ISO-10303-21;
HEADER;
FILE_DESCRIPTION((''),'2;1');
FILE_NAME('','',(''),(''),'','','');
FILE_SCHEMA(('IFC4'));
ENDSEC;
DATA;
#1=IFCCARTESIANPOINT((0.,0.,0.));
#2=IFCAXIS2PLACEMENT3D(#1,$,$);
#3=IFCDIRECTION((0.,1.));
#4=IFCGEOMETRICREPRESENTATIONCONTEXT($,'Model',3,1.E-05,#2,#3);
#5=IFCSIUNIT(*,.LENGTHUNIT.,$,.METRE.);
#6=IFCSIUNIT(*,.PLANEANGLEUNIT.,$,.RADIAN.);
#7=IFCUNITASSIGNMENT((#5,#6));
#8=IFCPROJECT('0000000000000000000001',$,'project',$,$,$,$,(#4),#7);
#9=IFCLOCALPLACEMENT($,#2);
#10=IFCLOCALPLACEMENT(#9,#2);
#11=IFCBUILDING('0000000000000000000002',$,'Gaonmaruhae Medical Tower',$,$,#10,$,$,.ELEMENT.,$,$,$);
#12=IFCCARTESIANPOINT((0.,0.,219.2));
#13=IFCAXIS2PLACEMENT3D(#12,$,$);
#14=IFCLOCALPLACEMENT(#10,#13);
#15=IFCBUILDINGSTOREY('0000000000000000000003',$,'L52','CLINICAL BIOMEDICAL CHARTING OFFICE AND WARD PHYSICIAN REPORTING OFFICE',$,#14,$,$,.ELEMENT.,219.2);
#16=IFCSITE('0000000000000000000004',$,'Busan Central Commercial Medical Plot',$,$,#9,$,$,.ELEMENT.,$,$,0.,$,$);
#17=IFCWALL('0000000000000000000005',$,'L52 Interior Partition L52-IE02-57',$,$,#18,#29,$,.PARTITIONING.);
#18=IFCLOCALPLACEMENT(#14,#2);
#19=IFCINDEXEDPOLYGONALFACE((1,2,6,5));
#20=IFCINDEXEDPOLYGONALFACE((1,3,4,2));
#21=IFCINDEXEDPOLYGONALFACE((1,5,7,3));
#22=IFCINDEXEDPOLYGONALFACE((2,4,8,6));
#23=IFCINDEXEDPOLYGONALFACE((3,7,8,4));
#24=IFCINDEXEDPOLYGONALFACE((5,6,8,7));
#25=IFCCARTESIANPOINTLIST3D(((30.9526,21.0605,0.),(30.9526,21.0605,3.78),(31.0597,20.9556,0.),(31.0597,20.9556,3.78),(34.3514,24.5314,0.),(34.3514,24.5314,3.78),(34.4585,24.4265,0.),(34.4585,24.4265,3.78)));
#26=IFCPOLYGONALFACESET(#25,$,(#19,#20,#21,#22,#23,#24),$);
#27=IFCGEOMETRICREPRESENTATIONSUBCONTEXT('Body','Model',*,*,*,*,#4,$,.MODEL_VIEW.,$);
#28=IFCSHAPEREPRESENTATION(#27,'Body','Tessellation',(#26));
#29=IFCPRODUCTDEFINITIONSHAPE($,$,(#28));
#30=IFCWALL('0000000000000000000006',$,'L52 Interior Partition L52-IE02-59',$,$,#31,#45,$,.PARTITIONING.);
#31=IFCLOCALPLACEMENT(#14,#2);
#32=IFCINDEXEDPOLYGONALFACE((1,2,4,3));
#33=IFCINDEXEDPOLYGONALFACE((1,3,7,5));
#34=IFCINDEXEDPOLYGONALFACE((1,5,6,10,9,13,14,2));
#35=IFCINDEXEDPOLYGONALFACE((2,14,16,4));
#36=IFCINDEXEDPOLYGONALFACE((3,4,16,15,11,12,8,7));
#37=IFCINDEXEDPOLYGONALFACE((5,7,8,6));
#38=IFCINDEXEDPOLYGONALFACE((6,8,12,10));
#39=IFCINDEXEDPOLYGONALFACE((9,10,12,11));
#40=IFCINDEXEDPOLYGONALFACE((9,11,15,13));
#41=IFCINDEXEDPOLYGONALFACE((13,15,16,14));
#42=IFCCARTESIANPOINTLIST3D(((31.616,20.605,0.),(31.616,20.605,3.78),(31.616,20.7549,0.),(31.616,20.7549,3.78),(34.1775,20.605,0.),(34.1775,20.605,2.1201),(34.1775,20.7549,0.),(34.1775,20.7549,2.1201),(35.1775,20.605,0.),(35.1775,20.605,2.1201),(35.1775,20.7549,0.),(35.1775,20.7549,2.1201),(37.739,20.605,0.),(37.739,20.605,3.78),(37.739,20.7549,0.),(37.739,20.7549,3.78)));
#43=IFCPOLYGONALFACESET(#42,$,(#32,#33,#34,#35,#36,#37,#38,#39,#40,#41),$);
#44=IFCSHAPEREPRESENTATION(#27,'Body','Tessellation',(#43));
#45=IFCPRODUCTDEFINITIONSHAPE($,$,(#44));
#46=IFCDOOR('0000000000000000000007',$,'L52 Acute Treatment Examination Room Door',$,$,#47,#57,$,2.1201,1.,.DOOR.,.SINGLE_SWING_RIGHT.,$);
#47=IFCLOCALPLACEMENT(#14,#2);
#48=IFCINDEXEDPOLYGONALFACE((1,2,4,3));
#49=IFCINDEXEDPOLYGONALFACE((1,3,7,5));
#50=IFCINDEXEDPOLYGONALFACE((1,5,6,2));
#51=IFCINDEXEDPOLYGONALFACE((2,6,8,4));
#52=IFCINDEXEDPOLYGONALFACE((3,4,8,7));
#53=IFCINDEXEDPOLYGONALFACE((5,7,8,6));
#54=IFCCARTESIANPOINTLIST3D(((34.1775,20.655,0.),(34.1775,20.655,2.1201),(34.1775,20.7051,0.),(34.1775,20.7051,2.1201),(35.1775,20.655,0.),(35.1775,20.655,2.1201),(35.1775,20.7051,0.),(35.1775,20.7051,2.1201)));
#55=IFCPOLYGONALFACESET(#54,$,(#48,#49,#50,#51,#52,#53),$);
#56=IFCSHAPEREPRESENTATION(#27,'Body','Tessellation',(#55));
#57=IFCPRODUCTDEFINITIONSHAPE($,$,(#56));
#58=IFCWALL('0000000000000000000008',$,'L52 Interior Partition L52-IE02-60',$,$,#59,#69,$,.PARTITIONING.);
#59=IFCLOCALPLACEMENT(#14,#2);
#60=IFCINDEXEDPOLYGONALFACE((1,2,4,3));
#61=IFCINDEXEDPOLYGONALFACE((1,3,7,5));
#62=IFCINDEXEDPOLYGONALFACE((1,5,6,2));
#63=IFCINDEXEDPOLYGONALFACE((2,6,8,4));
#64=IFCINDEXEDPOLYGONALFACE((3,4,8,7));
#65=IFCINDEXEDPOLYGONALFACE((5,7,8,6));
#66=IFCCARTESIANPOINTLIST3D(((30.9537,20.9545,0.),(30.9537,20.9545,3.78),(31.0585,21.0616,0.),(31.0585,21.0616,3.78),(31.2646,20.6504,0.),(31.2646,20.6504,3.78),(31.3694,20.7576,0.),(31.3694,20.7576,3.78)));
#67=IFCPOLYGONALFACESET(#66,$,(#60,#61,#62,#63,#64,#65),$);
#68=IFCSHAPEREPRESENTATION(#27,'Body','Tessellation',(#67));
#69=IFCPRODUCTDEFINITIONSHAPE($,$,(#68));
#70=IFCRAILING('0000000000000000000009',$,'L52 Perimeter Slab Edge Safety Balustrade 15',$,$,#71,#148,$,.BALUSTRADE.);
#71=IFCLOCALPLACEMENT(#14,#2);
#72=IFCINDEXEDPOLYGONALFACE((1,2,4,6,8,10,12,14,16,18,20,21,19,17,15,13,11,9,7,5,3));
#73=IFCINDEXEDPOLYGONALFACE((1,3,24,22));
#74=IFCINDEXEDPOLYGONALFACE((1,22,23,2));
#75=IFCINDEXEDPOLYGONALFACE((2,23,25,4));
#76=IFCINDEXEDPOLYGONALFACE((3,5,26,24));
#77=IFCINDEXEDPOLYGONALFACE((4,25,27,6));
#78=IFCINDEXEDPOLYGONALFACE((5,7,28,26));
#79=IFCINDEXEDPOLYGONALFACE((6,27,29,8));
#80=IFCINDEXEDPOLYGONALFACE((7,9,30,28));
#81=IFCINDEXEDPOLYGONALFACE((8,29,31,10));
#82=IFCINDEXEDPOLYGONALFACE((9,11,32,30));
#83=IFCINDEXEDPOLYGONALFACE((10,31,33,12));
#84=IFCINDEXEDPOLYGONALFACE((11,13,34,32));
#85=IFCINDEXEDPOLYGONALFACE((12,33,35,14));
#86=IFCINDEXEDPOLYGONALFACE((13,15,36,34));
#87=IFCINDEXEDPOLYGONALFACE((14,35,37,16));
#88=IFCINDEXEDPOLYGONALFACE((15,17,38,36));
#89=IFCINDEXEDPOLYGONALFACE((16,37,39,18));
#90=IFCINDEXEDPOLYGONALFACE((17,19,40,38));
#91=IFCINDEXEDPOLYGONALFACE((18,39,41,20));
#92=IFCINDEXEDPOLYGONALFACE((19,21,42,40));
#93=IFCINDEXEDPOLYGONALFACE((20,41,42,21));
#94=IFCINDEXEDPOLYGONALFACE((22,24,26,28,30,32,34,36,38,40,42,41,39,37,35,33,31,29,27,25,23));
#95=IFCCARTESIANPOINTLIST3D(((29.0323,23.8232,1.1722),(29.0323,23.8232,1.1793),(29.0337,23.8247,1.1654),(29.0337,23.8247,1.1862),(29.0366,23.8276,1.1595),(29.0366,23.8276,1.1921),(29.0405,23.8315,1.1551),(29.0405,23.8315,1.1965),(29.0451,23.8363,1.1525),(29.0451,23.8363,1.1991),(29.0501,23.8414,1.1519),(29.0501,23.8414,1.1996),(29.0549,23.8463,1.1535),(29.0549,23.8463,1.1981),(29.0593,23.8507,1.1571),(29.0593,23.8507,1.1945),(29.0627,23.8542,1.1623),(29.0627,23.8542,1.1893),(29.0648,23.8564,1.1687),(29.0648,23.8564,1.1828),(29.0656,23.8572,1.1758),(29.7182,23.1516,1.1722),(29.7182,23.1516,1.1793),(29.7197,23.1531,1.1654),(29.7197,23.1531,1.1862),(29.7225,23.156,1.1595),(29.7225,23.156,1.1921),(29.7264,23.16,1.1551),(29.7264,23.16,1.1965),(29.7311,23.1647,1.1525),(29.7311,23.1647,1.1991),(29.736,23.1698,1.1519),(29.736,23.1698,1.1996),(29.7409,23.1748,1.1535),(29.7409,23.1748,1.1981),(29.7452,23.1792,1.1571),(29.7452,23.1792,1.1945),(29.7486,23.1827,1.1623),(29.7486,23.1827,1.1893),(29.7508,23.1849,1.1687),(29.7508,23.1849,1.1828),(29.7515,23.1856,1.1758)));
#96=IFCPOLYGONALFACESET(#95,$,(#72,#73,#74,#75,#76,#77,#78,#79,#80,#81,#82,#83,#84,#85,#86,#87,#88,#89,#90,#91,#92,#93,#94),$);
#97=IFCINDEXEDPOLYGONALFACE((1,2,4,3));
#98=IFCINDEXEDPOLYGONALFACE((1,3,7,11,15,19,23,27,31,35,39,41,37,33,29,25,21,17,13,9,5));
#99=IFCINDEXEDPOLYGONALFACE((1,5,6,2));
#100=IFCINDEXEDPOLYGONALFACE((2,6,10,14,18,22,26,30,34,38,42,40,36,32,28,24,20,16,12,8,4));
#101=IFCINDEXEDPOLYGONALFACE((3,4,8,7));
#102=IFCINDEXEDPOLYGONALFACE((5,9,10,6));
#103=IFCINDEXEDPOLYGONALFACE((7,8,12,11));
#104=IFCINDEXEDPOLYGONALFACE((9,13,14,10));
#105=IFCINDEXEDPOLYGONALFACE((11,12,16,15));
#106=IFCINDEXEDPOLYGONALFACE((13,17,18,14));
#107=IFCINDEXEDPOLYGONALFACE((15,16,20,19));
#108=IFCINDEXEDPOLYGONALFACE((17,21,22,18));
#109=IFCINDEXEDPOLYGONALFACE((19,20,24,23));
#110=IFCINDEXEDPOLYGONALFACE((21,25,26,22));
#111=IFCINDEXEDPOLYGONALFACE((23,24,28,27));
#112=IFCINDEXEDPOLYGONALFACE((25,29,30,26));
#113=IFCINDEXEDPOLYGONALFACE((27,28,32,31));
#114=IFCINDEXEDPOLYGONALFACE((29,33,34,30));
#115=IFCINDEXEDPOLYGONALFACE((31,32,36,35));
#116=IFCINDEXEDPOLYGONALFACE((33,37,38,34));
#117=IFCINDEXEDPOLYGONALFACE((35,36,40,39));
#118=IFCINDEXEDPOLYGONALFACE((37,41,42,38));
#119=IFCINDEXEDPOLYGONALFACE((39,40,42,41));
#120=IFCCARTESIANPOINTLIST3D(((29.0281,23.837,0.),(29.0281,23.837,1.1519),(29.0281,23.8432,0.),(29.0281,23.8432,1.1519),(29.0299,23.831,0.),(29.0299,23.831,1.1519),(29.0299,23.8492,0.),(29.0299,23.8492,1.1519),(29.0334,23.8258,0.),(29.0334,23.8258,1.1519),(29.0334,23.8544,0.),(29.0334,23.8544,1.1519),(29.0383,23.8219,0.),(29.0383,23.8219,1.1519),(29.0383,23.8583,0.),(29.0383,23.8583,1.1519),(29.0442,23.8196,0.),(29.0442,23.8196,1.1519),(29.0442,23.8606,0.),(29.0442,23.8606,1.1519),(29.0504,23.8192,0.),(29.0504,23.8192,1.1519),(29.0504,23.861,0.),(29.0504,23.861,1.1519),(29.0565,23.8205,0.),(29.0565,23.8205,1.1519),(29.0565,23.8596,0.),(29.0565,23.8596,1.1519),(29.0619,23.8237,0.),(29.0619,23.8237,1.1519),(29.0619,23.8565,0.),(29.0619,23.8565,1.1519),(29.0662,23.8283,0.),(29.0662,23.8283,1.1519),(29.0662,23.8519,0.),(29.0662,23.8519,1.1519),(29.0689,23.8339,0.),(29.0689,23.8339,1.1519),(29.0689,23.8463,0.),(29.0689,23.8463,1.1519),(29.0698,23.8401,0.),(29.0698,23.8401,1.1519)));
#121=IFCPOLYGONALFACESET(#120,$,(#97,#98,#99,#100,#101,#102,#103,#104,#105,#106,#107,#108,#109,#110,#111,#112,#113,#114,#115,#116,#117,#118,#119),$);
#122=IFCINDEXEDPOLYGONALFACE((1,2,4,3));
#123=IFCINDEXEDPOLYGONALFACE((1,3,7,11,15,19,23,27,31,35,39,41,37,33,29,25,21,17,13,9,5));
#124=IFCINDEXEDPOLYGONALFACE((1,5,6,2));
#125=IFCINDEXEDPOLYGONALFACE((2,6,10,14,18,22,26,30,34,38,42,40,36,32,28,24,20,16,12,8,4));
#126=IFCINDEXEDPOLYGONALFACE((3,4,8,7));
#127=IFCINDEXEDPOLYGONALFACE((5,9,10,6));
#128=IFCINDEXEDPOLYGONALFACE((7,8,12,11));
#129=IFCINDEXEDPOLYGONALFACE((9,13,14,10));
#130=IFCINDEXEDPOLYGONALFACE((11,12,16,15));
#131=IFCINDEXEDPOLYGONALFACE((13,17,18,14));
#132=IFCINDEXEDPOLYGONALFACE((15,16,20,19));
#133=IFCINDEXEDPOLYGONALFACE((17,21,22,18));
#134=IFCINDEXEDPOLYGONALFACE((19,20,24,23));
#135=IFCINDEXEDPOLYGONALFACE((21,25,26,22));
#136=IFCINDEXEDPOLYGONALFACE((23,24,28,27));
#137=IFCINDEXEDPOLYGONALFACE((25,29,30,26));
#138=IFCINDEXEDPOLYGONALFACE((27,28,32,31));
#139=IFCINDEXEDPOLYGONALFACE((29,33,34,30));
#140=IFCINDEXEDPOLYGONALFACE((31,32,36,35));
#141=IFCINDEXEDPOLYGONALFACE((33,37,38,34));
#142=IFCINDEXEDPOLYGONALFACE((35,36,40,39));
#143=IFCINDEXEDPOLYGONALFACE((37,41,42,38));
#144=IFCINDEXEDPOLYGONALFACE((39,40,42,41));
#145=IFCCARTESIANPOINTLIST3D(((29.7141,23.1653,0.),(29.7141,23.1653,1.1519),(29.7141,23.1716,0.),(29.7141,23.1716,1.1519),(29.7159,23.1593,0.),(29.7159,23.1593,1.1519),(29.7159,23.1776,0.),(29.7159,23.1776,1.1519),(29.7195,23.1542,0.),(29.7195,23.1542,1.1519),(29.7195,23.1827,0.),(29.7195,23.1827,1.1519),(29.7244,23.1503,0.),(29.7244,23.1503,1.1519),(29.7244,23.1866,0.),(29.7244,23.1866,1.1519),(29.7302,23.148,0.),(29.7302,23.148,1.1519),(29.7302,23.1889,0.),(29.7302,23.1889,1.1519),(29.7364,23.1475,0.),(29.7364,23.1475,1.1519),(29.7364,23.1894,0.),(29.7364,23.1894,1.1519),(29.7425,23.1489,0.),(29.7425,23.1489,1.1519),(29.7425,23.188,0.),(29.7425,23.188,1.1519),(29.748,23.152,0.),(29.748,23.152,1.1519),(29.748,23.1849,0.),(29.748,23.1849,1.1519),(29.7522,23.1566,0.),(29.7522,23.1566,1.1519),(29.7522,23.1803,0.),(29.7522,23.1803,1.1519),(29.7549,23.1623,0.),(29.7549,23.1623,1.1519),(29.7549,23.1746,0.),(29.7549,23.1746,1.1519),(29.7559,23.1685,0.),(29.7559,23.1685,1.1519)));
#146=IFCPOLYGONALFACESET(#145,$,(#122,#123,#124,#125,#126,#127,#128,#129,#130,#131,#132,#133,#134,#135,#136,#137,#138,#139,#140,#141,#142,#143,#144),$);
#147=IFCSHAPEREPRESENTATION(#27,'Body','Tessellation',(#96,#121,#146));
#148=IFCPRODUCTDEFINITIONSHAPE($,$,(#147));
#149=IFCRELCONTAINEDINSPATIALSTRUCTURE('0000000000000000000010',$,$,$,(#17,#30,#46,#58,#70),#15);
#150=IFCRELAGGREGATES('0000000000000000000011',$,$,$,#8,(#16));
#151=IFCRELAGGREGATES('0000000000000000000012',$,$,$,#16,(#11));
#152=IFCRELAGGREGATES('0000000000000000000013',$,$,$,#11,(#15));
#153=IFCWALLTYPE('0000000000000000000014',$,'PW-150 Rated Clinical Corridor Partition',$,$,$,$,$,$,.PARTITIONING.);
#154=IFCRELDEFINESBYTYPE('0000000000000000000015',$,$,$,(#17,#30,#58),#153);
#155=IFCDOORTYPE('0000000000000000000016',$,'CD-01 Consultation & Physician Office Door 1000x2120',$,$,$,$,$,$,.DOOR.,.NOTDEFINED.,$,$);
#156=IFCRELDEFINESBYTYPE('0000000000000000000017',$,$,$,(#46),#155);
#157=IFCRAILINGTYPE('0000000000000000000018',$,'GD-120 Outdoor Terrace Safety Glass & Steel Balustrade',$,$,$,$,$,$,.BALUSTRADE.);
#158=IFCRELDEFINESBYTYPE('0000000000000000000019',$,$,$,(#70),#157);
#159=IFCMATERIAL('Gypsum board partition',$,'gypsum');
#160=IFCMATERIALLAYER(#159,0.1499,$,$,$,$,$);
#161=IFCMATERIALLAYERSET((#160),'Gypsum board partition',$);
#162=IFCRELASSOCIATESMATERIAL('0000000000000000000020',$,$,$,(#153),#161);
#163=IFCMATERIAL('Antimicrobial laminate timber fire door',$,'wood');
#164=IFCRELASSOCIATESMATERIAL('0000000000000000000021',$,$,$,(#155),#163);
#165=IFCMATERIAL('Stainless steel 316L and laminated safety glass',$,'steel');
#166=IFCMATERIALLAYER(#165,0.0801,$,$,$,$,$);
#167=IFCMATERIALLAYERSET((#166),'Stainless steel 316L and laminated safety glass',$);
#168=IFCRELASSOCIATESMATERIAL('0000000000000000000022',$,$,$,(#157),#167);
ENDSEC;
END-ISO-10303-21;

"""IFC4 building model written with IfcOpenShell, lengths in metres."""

from ifc_helpers import new_model, si_unit, direction, frame, frame_2d, origin, origin_2d, place, context, subcontext, project, spatial, rectangle, circle, extrude, material, layer, layer_set, type_object, element, fill, save


model = new_model("IFC4")

# Units and contexts
model_context = context("Model", 3, precision=1e-05, world=origin(), true_north=direction((0.0, 1.0)))
body_context = subcontext(model_context, "Body", "Model", "MODEL_VIEW")
ifc_project = project(units=[si_unit("LENGTHUNIT", "METRE"), si_unit("PLANEANGLEUNIT", "RADIAN")], contexts=[model_context])

# Site, building, storey
site_placement = place(None, origin())
site = spatial("IfcSite", under=ifc_project, at=site_placement, Name="Busan Central Commercial Medical Plot", CompositionType="ELEMENT", RefElevation=0.0)
building_placement = place(site_placement, origin())
building = spatial("IfcBuilding", under=site, at=building_placement, Name="Gaonmaruhae Medical Tower", CompositionType="ELEMENT")
storey_placement = place(building_placement, frame((0.0, 0.0, 219.2)))
storey = spatial("IfcBuildingStorey", under=building, at=storey_placement, Name="L52", Description="CLINICAL BIOMEDICAL CHARTING OFFICE AND WARD PHYSICIAN REPORTING OFFICE", CompositionType="ELEMENT", Elevation=219.2)

# Shared definitions
ifc_material_1 = material(Name="Gypsum board partition", Category="gypsum")
ifc_layer_1 = layer(ifc_material_1, 0.1499)
ifc_layer_set_1 = layer_set([ifc_layer_1], Name="Gypsum board partition")
wall_type_1 = type_object("IfcWallType", Name="PW-150 Rated Clinical Corridor Partition", PredefinedType="PARTITIONING", material=ifc_layer_set_1)

# Shared definitions
ifc_material_2 = material(Name="Antimicrobial laminate timber fire door", Category="wood")

# Wall
wall_1_placement = place(storey_placement, frame((31.0061, 21.0081, 0.0), z_axis=(0.0, 0.0, 1.0), x_axis=(0.699655, 0.714481, 0.0)))
element("IfcWall", 1, at=wall_1_placement, inside=storey, type_object=wall_type_1, Name="L52 Interior Partition L52-IE02-57", PredefinedType="PARTITIONING", context=body_context, shape_type="SweptSolid", body=[
    extrude(rectangle(XDim=4.8579, YDim=0.1499, at=frame_2d((2.429, 0.0))), origin(), (0.0, 0.0, 1.0), 3.78),
])

# Wall, opening, door
wall_2_placement = place(storey_placement, frame((37.739, 20.6799, 0.0), z_axis=(0.0, 0.0, 1.0), x_axis=(-1.0, 0.0, 0.0)))
wall_2 = element("IfcWall", 2, at=wall_2_placement, inside=storey, type_object=wall_type_1, Name="L52 Interior Partition L52-IE02-59", PredefinedType="PARTITIONING", context=body_context, shape_type="SweptSolid", body=[
    extrude(rectangle(XDim=6.123, YDim=0.1499, at=frame_2d((3.0615, 0.0))), origin(), (0.0, 0.0, 1.0), 3.78),
])
opening_1_placement = place(wall_2_placement, frame((2.5615, 0.0, 0.0)))
opening_1 = element("IfcOpeningElement", 3, at=opening_1_placement, cuts=wall_2, PredefinedType="OPENING", context=body_context, shape_type="SweptSolid", body=[
    extrude(rectangle(XDim=1.0, YDim=2.1201, at=frame_2d((0.5, 1.0601))), frame((0.0, 0.085, 0.0), z_axis=(0.0, -1.0, 0.0), x_axis=(1.0, 0.0, 0.0)), (0.0, 0.0, 1.0), 0.1699),
])
door_type_1 = type_object("IfcDoorType", Name="CD-01 Consultation & Physician Office Door 1000x2120", OperationType="NOTDEFINED", PredefinedType="DOOR", material=ifc_material_2)
door_1_placement = place(opening_1_placement, origin())
door_1 = element("IfcDoor", 4, at=door_1_placement, inside=storey, type_object=door_type_1, Name="L52 Acute Treatment Examination Room Door", OperationType="SINGLE_SWING_RIGHT", OverallHeight=2.1201, OverallWidth=1.0, PredefinedType="DOOR", context=body_context, shape_type="SweptSolid", body=[
    extrude(rectangle(XDim=1.0, YDim=2.1201, at=frame_2d((0.5, 1.0601))), frame((0.0, 0.0249, 0.0), z_axis=(0.0, -1.0, 0.0), x_axis=(1.0, 0.0, 0.0)), (0.0, 0.0, 1.0), 0.05),
])
fill(opening_1, door_1)

# Wall
wall_3_placement = place(storey_placement, frame((31.3169, 20.7041, 0.0), z_axis=(0.0, 0.0, 1.0), x_axis=(-0.714926, 0.699201, 0.0)))
element("IfcWall", 5, at=wall_3_placement, inside=storey, type_object=wall_type_1, Name="L52 Interior Partition L52-IE02-60", PredefinedType="PARTITIONING", context=body_context, shape_type="SweptSolid", body=[
    extrude(rectangle(XDim=0.4348, YDim=0.1499, at=frame_2d((0.2173, 0.0))), origin(), (0.0, 0.0, 1.0), 3.78),
])

# Railing
ifc_material_3 = material(Name="Stainless steel 316L and laminated safety glass", Category="steel")
ifc_layer_2 = layer(ifc_material_3, 0.0801)
ifc_layer_set_2 = layer_set([ifc_layer_2], Name="Stainless steel 316L and laminated safety glass")
railing_type = type_object("IfcRailingType", Name="GD-120 Outdoor Terrace Safety Glass & Steel Balustrade", PredefinedType="BALUSTRADE", material=ifc_layer_set_2)
railing_1_placement = place(storey_placement, frame((29.0488, 23.8401, 0.0)))
element("IfcRailing", 6, at=railing_1_placement, inside=storey, type_object=railing_type, Name="L52 Perimeter Slab Edge Safety Balustrade 15", PredefinedType="BALUSTRADE", context=body_context, shape_type="SweptSolid", body=[
    extrude(circle(Radius=0.0239, at=origin_2d()), frame((0.0, 0.0, 1.1758), z_axis=(0.714569, -0.699565, 0.0), x_axis=(0.699565, 0.714569, 0.0)), (0.0, 0.0, 1.0), 0.96),
    extrude(circle(Radius=0.021, at=origin_2d()), origin(), (0.0, 0.0, 1.0), 1.1519),
    extrude(circle(Radius=0.021, at=origin_2d()), frame((0.686, -0.6716, 0.0)), (0.0, 0.0, 1.0), 1.1519),
])

save(model, "model.ifc")
